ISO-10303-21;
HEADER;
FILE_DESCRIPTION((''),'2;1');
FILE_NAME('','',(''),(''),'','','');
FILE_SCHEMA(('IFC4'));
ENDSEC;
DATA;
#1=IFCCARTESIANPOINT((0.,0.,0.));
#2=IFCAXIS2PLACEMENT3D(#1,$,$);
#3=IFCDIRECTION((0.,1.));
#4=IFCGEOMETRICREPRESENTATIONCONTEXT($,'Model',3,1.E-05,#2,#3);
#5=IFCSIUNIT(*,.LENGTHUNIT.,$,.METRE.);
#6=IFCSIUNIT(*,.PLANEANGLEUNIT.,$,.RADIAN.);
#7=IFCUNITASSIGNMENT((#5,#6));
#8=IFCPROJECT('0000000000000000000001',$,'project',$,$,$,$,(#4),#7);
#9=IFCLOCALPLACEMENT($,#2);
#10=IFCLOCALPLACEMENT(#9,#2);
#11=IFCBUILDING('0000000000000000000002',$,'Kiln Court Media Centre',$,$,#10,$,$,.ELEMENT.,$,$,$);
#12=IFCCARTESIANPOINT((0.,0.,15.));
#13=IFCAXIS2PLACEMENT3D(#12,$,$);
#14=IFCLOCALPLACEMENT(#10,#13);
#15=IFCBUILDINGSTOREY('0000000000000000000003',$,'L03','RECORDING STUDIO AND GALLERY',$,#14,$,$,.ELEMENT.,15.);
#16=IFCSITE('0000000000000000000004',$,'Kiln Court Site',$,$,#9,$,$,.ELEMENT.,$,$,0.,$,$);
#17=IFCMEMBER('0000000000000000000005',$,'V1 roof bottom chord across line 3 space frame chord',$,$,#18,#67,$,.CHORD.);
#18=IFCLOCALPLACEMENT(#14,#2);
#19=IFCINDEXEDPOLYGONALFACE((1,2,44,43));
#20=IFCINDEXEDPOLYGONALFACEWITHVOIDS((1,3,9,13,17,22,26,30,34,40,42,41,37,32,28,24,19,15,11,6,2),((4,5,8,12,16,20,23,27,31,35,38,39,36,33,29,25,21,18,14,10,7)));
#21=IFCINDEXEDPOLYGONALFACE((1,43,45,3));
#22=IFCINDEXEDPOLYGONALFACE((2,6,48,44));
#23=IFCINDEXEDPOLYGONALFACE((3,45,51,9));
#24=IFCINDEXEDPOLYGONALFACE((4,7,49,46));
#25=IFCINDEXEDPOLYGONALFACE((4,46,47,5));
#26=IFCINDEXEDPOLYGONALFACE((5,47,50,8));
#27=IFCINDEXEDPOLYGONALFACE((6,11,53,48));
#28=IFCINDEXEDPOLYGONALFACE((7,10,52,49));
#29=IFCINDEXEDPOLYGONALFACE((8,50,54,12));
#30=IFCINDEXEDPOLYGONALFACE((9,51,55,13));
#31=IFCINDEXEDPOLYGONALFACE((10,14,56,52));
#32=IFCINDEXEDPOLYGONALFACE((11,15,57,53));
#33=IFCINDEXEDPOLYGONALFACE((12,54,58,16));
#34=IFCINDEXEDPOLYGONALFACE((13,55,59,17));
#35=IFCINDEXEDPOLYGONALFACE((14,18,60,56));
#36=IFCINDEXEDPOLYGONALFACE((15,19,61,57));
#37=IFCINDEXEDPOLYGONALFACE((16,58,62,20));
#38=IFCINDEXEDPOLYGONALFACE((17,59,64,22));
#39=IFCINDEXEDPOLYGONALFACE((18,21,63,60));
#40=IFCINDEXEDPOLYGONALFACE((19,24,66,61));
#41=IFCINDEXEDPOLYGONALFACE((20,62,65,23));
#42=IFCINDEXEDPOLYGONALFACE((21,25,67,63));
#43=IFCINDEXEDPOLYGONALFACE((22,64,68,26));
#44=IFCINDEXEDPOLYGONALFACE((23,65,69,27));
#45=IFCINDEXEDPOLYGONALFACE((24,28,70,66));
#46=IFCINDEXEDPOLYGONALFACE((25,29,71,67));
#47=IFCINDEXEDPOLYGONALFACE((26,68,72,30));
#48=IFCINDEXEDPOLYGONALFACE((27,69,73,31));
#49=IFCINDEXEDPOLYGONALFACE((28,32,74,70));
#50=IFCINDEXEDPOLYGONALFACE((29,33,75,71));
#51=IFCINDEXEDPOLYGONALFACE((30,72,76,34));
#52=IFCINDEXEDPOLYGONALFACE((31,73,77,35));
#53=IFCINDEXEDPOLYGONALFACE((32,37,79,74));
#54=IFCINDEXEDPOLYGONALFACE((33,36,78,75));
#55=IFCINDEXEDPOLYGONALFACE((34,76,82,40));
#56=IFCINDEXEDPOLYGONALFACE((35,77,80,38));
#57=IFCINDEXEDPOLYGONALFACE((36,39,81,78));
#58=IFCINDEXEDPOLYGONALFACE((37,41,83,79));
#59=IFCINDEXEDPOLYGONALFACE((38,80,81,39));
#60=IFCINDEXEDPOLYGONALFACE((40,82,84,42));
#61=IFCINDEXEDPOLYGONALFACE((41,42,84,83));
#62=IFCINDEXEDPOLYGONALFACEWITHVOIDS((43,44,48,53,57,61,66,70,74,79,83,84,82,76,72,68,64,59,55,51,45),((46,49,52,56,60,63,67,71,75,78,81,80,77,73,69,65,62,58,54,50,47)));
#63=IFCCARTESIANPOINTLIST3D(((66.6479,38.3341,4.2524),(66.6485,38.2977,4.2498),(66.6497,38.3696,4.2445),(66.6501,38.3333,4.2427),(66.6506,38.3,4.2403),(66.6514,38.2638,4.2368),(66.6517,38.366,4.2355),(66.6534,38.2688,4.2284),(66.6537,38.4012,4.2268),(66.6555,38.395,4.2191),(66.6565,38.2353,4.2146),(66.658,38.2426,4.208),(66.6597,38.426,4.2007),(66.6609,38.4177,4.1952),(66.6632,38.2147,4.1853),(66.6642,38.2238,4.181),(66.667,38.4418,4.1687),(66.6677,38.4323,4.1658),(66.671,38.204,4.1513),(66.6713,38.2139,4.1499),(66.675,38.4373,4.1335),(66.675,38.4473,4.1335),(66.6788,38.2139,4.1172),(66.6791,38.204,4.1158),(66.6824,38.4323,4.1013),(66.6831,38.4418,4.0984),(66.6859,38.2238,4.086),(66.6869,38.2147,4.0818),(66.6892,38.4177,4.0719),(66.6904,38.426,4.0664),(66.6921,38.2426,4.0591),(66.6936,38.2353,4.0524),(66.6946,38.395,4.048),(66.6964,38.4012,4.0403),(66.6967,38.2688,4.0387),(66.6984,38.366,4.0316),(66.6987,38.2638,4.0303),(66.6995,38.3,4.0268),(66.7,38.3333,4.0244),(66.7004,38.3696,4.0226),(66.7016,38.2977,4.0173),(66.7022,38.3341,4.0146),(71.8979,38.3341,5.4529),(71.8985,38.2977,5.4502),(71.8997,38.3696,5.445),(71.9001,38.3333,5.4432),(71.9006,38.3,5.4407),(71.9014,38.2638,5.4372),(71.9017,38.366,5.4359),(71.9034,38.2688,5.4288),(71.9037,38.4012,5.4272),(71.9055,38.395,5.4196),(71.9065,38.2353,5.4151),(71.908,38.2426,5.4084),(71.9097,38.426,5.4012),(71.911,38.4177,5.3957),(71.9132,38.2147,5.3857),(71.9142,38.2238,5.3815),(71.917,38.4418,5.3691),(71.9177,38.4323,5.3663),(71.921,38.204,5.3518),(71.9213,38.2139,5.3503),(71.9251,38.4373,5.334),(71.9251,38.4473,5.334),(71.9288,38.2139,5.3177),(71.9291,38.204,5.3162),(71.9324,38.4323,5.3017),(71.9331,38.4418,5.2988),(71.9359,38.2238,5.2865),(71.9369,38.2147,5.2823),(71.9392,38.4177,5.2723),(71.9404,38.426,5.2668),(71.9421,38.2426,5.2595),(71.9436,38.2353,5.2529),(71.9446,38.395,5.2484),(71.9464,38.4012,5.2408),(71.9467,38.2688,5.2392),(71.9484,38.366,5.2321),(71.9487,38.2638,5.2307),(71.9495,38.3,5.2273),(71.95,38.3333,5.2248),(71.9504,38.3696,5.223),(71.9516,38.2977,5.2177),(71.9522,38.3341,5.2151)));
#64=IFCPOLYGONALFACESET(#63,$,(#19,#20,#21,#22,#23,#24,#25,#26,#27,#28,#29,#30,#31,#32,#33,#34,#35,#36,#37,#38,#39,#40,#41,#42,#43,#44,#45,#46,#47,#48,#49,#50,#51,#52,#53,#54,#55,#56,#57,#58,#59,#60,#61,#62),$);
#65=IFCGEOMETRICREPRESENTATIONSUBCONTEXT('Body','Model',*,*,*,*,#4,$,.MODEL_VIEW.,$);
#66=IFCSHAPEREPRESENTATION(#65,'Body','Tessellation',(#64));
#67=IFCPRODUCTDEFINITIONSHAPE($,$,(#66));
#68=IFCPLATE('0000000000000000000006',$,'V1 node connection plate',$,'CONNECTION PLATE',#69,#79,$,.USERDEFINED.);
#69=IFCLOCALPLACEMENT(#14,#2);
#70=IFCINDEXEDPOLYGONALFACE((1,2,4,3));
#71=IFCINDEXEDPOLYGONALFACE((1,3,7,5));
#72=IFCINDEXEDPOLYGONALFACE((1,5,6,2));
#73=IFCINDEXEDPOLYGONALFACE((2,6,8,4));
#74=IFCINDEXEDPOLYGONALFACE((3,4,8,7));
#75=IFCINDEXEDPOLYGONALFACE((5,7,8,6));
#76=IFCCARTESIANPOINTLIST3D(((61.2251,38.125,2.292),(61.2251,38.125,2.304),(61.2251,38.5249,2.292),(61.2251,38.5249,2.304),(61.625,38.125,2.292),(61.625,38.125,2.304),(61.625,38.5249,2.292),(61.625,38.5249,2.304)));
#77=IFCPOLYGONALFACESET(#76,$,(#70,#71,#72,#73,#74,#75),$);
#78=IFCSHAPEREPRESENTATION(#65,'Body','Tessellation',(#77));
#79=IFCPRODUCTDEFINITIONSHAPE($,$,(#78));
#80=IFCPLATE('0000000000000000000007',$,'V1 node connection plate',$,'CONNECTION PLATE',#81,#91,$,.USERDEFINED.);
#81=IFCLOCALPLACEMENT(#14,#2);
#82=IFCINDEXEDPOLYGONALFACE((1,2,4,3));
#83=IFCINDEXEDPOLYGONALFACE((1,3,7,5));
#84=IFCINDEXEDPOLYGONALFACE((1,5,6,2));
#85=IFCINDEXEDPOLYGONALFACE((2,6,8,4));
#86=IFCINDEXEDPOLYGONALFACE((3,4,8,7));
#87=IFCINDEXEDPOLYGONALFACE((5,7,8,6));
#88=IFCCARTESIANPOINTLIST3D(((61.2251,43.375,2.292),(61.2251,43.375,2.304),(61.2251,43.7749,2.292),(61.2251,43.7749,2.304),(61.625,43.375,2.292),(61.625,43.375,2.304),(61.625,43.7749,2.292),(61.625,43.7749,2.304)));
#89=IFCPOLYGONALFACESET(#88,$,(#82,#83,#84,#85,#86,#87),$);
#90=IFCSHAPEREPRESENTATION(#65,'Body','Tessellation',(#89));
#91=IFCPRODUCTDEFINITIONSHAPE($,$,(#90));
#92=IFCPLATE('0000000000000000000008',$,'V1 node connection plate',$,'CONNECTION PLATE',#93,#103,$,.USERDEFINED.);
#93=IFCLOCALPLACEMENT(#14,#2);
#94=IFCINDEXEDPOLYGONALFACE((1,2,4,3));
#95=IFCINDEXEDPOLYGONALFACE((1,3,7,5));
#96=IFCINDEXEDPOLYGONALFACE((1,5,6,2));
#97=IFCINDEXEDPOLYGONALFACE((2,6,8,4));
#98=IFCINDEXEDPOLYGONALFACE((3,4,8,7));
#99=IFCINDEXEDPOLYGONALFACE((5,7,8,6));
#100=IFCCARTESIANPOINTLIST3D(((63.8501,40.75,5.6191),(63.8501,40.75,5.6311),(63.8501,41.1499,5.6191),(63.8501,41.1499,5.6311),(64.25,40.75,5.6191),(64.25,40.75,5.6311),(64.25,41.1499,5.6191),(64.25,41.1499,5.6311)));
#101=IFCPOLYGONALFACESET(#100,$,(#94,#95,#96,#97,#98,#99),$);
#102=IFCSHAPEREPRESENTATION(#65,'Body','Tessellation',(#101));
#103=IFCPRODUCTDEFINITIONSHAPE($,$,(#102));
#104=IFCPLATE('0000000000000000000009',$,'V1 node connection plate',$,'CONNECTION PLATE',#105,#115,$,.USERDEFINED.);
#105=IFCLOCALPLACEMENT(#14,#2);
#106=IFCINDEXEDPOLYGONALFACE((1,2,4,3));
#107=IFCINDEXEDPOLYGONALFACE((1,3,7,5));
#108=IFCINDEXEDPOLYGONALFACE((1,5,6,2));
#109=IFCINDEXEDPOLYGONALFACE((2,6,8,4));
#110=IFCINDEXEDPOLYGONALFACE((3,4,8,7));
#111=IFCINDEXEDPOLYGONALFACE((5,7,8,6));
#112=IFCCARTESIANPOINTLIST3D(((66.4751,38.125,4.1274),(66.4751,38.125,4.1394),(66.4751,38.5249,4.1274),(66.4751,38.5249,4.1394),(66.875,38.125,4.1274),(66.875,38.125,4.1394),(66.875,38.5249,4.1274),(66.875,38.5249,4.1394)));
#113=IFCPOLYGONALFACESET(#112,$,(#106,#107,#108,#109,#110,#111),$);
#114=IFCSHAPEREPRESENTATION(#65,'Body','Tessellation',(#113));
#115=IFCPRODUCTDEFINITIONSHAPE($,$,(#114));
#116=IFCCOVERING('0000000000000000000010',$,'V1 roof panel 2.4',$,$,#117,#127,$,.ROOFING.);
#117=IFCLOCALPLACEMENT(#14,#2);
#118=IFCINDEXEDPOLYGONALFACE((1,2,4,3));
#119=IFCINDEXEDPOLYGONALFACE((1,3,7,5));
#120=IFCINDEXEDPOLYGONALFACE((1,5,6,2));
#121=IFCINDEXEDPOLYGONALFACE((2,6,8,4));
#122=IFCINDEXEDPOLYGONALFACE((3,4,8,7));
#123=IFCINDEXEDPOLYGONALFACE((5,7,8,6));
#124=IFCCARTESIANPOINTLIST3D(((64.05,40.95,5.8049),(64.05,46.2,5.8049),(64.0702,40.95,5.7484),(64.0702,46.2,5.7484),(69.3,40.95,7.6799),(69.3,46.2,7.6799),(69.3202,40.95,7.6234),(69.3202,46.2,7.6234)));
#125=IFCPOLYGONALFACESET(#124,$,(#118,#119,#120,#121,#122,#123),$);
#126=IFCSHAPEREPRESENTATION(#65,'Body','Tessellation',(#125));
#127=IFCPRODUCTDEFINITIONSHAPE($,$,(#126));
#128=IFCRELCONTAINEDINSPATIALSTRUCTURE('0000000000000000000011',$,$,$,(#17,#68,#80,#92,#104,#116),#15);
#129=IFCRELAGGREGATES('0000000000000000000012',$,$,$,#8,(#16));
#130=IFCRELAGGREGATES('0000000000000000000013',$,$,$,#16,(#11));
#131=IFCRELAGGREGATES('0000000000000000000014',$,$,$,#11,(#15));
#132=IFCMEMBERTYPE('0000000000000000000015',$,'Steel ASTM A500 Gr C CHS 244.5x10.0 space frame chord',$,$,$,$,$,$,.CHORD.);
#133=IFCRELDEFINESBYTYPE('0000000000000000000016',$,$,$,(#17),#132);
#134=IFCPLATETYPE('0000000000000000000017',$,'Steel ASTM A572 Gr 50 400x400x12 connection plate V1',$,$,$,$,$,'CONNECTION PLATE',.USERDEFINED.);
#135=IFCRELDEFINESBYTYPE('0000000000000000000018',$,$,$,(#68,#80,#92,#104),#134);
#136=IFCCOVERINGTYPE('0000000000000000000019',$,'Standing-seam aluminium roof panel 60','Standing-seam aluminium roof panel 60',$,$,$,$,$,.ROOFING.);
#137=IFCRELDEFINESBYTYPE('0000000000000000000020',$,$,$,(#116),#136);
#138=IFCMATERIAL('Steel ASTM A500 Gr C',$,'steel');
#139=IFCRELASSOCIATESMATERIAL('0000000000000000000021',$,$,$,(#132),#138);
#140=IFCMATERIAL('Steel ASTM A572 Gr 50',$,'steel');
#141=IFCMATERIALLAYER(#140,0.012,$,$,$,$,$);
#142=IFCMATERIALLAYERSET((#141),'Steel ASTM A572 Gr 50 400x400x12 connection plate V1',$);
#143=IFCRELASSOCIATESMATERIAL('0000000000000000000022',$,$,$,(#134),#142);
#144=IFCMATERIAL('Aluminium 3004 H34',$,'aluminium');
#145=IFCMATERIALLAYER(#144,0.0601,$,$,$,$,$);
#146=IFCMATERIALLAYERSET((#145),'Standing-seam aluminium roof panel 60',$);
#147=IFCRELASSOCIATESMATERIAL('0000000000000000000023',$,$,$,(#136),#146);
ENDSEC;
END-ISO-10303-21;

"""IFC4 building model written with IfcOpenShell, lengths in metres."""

from ifc_helpers import new_model, si_unit, direction, frame, origin, origin_2d, place, context, subcontext, project, spatial, polyline, rectangle, hollow_circle, outline, extrude, material, layer, layer_set, material_profile, profile_set, type_object, element, save


model = new_model("IFC4")

# Units and contexts
model_context = context("Model", 3, precision=1e-05, world=origin(), true_north=direction((0.0, 1.0)))
body_context = subcontext(model_context, "Body", "Model", "MODEL_VIEW")
ifc_project = project(units=[si_unit("LENGTHUNIT", "METRE"), si_unit("PLANEANGLEUNIT", "RADIAN")], contexts=[model_context])

# Site, building, storey
site_placement = place(None, origin())
site = spatial("IfcSite", under=ifc_project, at=site_placement, Name="Kiln Court Site", CompositionType="ELEMENT", RefElevation=0.0)
building_placement = place(site_placement, origin())
building = spatial("IfcBuilding", under=site, at=building_placement, Name="Kiln Court Media Centre", CompositionType="ELEMENT")
storey_placement = place(building_placement, frame((0.0, 0.0, 15.0)))
storey = spatial("IfcBuildingStorey", under=building, at=storey_placement, Name="L03", Description="RECORDING STUDIO AND GALLERY", CompositionType="ELEMENT", Elevation=15.0)

# Member
ifc_material_1 = material(Name="Steel ASTM A500 Gr C", Category="steel")
ifc_material_profile_1 = material_profile(ifc_material_1, hollow_circle(Radius=0.1223, WallThickness=0.01, at=origin_2d()), Name="CHS 244.5x10.0")
ifc_profile_set_1 = profile_set([ifc_material_profile_1], Name="Steel ASTM A500 Gr C")
member_type_1 = type_object("IfcMemberType", Name="Steel ASTM A500 Gr C CHS 244.5x10.0 space frame chord", PredefinedType="CHORD", material=ifc_profile_set_1)
member_1_placement = place(storey_placement, frame((66.675, 38.325, 4.1335), z_axis=(0.974841, 0.0, 0.222902), x_axis=(0.0, 1.0, 0.0)))
element("IfcMember", 1, at=member_1_placement, inside=storey, type_object=member_type_1, Name="V1 roof bottom chord across line 3 space frame chord", PredefinedType="CHORD", context=body_context, shape_type="SweptSolid", body=[
    extrude(hollow_circle(Radius=0.1223, WallThickness=0.01, at=origin_2d()), origin(), (0.0, 0.0, 1.0), 5.3855),
])

# Plates
ifc_material_2 = material(Name="Steel ASTM A572 Gr 50", Category="steel")
ifc_layer_1 = layer(ifc_material_2, 0.012)
ifc_layer_set_1 = layer_set([ifc_layer_1], Name="Steel ASTM A572 Gr 50 400x400x12 connection plate V1")
plate_type = type_object("IfcPlateType", Name="Steel ASTM A572 Gr 50 400x400x12 connection plate V1", ElementType="CONNECTION PLATE", PredefinedType="USERDEFINED", material=ifc_layer_set_1)
for number, where, z_axis, x_axis, name in (
    (2, (61.425, 38.325, 2.292), (0.0, 0.0, 1.0), (1.0, 0.0, 0.0), "V1 node connection plate"),
    (3, (61.425, 43.575, 2.292), (0.0, 0.0, 1.0), (1.0, 0.0, 0.0), "V1 node connection plate"),
    (4, (64.05, 40.95, 5.6191), (0.0, 0.0, 1.0), (1.0, 0.0, 0.0), "V1 node connection plate"),
    (5, (66.675, 38.325, 4.1274), (0.0, 0.0, 1.0), (1.0, 0.0, 0.0), "V1 node connection plate"),
):
    element("IfcPlate", number, at=place(storey_placement, frame(where, z_axis=z_axis, x_axis=x_axis)), inside=storey, type_object=plate_type, Name=name, ObjectType="CONNECTION PLATE", PredefinedType="USERDEFINED", context=body_context, shape_type="SweptSolid", body=[
        extrude(rectangle(XDim=0.3999, YDim=0.3999, at=origin_2d()), origin(), (0.0, 0.0, 1.0), 0.012),
    ])

# Covering
ifc_material_3 = material(Name="Aluminium 3004 H34", Category="aluminium")
ifc_layer_2 = layer(ifc_material_3, 0.0601)
ifc_layer_set_2 = layer_set([ifc_layer_2], Name="Standing-seam aluminium roof panel 60")
covering_type = type_object("IfcCoveringType", Name="Standing-seam aluminium roof panel 60", Description="Standing-seam aluminium roof panel 60", PredefinedType="ROOFING", material=ifc_layer_set_2)
covering_placement = place(storey_placement, frame((64.05, 40.95, 5.8049), z_axis=(-0.336336, 0.0, 0.941742), x_axis=(0.941742, 0.0, 0.336336)))
element("IfcCovering", 6, at=covering_placement, inside=storey, type_object=covering_type, Name="V1 roof panel 2.4", PredefinedType="ROOFING", context=body_context, shape_type="SweptSolid", body=[
    extrude(outline(polyline([(0.0, 0.0), (5.5748, 0.0), (5.5748, 5.25), (0.0, 5.25), (0.0, 0.0)])), origin(), (0.0, 0.0, -1.0), 0.0601),
])

save(model, "model.ifc")
